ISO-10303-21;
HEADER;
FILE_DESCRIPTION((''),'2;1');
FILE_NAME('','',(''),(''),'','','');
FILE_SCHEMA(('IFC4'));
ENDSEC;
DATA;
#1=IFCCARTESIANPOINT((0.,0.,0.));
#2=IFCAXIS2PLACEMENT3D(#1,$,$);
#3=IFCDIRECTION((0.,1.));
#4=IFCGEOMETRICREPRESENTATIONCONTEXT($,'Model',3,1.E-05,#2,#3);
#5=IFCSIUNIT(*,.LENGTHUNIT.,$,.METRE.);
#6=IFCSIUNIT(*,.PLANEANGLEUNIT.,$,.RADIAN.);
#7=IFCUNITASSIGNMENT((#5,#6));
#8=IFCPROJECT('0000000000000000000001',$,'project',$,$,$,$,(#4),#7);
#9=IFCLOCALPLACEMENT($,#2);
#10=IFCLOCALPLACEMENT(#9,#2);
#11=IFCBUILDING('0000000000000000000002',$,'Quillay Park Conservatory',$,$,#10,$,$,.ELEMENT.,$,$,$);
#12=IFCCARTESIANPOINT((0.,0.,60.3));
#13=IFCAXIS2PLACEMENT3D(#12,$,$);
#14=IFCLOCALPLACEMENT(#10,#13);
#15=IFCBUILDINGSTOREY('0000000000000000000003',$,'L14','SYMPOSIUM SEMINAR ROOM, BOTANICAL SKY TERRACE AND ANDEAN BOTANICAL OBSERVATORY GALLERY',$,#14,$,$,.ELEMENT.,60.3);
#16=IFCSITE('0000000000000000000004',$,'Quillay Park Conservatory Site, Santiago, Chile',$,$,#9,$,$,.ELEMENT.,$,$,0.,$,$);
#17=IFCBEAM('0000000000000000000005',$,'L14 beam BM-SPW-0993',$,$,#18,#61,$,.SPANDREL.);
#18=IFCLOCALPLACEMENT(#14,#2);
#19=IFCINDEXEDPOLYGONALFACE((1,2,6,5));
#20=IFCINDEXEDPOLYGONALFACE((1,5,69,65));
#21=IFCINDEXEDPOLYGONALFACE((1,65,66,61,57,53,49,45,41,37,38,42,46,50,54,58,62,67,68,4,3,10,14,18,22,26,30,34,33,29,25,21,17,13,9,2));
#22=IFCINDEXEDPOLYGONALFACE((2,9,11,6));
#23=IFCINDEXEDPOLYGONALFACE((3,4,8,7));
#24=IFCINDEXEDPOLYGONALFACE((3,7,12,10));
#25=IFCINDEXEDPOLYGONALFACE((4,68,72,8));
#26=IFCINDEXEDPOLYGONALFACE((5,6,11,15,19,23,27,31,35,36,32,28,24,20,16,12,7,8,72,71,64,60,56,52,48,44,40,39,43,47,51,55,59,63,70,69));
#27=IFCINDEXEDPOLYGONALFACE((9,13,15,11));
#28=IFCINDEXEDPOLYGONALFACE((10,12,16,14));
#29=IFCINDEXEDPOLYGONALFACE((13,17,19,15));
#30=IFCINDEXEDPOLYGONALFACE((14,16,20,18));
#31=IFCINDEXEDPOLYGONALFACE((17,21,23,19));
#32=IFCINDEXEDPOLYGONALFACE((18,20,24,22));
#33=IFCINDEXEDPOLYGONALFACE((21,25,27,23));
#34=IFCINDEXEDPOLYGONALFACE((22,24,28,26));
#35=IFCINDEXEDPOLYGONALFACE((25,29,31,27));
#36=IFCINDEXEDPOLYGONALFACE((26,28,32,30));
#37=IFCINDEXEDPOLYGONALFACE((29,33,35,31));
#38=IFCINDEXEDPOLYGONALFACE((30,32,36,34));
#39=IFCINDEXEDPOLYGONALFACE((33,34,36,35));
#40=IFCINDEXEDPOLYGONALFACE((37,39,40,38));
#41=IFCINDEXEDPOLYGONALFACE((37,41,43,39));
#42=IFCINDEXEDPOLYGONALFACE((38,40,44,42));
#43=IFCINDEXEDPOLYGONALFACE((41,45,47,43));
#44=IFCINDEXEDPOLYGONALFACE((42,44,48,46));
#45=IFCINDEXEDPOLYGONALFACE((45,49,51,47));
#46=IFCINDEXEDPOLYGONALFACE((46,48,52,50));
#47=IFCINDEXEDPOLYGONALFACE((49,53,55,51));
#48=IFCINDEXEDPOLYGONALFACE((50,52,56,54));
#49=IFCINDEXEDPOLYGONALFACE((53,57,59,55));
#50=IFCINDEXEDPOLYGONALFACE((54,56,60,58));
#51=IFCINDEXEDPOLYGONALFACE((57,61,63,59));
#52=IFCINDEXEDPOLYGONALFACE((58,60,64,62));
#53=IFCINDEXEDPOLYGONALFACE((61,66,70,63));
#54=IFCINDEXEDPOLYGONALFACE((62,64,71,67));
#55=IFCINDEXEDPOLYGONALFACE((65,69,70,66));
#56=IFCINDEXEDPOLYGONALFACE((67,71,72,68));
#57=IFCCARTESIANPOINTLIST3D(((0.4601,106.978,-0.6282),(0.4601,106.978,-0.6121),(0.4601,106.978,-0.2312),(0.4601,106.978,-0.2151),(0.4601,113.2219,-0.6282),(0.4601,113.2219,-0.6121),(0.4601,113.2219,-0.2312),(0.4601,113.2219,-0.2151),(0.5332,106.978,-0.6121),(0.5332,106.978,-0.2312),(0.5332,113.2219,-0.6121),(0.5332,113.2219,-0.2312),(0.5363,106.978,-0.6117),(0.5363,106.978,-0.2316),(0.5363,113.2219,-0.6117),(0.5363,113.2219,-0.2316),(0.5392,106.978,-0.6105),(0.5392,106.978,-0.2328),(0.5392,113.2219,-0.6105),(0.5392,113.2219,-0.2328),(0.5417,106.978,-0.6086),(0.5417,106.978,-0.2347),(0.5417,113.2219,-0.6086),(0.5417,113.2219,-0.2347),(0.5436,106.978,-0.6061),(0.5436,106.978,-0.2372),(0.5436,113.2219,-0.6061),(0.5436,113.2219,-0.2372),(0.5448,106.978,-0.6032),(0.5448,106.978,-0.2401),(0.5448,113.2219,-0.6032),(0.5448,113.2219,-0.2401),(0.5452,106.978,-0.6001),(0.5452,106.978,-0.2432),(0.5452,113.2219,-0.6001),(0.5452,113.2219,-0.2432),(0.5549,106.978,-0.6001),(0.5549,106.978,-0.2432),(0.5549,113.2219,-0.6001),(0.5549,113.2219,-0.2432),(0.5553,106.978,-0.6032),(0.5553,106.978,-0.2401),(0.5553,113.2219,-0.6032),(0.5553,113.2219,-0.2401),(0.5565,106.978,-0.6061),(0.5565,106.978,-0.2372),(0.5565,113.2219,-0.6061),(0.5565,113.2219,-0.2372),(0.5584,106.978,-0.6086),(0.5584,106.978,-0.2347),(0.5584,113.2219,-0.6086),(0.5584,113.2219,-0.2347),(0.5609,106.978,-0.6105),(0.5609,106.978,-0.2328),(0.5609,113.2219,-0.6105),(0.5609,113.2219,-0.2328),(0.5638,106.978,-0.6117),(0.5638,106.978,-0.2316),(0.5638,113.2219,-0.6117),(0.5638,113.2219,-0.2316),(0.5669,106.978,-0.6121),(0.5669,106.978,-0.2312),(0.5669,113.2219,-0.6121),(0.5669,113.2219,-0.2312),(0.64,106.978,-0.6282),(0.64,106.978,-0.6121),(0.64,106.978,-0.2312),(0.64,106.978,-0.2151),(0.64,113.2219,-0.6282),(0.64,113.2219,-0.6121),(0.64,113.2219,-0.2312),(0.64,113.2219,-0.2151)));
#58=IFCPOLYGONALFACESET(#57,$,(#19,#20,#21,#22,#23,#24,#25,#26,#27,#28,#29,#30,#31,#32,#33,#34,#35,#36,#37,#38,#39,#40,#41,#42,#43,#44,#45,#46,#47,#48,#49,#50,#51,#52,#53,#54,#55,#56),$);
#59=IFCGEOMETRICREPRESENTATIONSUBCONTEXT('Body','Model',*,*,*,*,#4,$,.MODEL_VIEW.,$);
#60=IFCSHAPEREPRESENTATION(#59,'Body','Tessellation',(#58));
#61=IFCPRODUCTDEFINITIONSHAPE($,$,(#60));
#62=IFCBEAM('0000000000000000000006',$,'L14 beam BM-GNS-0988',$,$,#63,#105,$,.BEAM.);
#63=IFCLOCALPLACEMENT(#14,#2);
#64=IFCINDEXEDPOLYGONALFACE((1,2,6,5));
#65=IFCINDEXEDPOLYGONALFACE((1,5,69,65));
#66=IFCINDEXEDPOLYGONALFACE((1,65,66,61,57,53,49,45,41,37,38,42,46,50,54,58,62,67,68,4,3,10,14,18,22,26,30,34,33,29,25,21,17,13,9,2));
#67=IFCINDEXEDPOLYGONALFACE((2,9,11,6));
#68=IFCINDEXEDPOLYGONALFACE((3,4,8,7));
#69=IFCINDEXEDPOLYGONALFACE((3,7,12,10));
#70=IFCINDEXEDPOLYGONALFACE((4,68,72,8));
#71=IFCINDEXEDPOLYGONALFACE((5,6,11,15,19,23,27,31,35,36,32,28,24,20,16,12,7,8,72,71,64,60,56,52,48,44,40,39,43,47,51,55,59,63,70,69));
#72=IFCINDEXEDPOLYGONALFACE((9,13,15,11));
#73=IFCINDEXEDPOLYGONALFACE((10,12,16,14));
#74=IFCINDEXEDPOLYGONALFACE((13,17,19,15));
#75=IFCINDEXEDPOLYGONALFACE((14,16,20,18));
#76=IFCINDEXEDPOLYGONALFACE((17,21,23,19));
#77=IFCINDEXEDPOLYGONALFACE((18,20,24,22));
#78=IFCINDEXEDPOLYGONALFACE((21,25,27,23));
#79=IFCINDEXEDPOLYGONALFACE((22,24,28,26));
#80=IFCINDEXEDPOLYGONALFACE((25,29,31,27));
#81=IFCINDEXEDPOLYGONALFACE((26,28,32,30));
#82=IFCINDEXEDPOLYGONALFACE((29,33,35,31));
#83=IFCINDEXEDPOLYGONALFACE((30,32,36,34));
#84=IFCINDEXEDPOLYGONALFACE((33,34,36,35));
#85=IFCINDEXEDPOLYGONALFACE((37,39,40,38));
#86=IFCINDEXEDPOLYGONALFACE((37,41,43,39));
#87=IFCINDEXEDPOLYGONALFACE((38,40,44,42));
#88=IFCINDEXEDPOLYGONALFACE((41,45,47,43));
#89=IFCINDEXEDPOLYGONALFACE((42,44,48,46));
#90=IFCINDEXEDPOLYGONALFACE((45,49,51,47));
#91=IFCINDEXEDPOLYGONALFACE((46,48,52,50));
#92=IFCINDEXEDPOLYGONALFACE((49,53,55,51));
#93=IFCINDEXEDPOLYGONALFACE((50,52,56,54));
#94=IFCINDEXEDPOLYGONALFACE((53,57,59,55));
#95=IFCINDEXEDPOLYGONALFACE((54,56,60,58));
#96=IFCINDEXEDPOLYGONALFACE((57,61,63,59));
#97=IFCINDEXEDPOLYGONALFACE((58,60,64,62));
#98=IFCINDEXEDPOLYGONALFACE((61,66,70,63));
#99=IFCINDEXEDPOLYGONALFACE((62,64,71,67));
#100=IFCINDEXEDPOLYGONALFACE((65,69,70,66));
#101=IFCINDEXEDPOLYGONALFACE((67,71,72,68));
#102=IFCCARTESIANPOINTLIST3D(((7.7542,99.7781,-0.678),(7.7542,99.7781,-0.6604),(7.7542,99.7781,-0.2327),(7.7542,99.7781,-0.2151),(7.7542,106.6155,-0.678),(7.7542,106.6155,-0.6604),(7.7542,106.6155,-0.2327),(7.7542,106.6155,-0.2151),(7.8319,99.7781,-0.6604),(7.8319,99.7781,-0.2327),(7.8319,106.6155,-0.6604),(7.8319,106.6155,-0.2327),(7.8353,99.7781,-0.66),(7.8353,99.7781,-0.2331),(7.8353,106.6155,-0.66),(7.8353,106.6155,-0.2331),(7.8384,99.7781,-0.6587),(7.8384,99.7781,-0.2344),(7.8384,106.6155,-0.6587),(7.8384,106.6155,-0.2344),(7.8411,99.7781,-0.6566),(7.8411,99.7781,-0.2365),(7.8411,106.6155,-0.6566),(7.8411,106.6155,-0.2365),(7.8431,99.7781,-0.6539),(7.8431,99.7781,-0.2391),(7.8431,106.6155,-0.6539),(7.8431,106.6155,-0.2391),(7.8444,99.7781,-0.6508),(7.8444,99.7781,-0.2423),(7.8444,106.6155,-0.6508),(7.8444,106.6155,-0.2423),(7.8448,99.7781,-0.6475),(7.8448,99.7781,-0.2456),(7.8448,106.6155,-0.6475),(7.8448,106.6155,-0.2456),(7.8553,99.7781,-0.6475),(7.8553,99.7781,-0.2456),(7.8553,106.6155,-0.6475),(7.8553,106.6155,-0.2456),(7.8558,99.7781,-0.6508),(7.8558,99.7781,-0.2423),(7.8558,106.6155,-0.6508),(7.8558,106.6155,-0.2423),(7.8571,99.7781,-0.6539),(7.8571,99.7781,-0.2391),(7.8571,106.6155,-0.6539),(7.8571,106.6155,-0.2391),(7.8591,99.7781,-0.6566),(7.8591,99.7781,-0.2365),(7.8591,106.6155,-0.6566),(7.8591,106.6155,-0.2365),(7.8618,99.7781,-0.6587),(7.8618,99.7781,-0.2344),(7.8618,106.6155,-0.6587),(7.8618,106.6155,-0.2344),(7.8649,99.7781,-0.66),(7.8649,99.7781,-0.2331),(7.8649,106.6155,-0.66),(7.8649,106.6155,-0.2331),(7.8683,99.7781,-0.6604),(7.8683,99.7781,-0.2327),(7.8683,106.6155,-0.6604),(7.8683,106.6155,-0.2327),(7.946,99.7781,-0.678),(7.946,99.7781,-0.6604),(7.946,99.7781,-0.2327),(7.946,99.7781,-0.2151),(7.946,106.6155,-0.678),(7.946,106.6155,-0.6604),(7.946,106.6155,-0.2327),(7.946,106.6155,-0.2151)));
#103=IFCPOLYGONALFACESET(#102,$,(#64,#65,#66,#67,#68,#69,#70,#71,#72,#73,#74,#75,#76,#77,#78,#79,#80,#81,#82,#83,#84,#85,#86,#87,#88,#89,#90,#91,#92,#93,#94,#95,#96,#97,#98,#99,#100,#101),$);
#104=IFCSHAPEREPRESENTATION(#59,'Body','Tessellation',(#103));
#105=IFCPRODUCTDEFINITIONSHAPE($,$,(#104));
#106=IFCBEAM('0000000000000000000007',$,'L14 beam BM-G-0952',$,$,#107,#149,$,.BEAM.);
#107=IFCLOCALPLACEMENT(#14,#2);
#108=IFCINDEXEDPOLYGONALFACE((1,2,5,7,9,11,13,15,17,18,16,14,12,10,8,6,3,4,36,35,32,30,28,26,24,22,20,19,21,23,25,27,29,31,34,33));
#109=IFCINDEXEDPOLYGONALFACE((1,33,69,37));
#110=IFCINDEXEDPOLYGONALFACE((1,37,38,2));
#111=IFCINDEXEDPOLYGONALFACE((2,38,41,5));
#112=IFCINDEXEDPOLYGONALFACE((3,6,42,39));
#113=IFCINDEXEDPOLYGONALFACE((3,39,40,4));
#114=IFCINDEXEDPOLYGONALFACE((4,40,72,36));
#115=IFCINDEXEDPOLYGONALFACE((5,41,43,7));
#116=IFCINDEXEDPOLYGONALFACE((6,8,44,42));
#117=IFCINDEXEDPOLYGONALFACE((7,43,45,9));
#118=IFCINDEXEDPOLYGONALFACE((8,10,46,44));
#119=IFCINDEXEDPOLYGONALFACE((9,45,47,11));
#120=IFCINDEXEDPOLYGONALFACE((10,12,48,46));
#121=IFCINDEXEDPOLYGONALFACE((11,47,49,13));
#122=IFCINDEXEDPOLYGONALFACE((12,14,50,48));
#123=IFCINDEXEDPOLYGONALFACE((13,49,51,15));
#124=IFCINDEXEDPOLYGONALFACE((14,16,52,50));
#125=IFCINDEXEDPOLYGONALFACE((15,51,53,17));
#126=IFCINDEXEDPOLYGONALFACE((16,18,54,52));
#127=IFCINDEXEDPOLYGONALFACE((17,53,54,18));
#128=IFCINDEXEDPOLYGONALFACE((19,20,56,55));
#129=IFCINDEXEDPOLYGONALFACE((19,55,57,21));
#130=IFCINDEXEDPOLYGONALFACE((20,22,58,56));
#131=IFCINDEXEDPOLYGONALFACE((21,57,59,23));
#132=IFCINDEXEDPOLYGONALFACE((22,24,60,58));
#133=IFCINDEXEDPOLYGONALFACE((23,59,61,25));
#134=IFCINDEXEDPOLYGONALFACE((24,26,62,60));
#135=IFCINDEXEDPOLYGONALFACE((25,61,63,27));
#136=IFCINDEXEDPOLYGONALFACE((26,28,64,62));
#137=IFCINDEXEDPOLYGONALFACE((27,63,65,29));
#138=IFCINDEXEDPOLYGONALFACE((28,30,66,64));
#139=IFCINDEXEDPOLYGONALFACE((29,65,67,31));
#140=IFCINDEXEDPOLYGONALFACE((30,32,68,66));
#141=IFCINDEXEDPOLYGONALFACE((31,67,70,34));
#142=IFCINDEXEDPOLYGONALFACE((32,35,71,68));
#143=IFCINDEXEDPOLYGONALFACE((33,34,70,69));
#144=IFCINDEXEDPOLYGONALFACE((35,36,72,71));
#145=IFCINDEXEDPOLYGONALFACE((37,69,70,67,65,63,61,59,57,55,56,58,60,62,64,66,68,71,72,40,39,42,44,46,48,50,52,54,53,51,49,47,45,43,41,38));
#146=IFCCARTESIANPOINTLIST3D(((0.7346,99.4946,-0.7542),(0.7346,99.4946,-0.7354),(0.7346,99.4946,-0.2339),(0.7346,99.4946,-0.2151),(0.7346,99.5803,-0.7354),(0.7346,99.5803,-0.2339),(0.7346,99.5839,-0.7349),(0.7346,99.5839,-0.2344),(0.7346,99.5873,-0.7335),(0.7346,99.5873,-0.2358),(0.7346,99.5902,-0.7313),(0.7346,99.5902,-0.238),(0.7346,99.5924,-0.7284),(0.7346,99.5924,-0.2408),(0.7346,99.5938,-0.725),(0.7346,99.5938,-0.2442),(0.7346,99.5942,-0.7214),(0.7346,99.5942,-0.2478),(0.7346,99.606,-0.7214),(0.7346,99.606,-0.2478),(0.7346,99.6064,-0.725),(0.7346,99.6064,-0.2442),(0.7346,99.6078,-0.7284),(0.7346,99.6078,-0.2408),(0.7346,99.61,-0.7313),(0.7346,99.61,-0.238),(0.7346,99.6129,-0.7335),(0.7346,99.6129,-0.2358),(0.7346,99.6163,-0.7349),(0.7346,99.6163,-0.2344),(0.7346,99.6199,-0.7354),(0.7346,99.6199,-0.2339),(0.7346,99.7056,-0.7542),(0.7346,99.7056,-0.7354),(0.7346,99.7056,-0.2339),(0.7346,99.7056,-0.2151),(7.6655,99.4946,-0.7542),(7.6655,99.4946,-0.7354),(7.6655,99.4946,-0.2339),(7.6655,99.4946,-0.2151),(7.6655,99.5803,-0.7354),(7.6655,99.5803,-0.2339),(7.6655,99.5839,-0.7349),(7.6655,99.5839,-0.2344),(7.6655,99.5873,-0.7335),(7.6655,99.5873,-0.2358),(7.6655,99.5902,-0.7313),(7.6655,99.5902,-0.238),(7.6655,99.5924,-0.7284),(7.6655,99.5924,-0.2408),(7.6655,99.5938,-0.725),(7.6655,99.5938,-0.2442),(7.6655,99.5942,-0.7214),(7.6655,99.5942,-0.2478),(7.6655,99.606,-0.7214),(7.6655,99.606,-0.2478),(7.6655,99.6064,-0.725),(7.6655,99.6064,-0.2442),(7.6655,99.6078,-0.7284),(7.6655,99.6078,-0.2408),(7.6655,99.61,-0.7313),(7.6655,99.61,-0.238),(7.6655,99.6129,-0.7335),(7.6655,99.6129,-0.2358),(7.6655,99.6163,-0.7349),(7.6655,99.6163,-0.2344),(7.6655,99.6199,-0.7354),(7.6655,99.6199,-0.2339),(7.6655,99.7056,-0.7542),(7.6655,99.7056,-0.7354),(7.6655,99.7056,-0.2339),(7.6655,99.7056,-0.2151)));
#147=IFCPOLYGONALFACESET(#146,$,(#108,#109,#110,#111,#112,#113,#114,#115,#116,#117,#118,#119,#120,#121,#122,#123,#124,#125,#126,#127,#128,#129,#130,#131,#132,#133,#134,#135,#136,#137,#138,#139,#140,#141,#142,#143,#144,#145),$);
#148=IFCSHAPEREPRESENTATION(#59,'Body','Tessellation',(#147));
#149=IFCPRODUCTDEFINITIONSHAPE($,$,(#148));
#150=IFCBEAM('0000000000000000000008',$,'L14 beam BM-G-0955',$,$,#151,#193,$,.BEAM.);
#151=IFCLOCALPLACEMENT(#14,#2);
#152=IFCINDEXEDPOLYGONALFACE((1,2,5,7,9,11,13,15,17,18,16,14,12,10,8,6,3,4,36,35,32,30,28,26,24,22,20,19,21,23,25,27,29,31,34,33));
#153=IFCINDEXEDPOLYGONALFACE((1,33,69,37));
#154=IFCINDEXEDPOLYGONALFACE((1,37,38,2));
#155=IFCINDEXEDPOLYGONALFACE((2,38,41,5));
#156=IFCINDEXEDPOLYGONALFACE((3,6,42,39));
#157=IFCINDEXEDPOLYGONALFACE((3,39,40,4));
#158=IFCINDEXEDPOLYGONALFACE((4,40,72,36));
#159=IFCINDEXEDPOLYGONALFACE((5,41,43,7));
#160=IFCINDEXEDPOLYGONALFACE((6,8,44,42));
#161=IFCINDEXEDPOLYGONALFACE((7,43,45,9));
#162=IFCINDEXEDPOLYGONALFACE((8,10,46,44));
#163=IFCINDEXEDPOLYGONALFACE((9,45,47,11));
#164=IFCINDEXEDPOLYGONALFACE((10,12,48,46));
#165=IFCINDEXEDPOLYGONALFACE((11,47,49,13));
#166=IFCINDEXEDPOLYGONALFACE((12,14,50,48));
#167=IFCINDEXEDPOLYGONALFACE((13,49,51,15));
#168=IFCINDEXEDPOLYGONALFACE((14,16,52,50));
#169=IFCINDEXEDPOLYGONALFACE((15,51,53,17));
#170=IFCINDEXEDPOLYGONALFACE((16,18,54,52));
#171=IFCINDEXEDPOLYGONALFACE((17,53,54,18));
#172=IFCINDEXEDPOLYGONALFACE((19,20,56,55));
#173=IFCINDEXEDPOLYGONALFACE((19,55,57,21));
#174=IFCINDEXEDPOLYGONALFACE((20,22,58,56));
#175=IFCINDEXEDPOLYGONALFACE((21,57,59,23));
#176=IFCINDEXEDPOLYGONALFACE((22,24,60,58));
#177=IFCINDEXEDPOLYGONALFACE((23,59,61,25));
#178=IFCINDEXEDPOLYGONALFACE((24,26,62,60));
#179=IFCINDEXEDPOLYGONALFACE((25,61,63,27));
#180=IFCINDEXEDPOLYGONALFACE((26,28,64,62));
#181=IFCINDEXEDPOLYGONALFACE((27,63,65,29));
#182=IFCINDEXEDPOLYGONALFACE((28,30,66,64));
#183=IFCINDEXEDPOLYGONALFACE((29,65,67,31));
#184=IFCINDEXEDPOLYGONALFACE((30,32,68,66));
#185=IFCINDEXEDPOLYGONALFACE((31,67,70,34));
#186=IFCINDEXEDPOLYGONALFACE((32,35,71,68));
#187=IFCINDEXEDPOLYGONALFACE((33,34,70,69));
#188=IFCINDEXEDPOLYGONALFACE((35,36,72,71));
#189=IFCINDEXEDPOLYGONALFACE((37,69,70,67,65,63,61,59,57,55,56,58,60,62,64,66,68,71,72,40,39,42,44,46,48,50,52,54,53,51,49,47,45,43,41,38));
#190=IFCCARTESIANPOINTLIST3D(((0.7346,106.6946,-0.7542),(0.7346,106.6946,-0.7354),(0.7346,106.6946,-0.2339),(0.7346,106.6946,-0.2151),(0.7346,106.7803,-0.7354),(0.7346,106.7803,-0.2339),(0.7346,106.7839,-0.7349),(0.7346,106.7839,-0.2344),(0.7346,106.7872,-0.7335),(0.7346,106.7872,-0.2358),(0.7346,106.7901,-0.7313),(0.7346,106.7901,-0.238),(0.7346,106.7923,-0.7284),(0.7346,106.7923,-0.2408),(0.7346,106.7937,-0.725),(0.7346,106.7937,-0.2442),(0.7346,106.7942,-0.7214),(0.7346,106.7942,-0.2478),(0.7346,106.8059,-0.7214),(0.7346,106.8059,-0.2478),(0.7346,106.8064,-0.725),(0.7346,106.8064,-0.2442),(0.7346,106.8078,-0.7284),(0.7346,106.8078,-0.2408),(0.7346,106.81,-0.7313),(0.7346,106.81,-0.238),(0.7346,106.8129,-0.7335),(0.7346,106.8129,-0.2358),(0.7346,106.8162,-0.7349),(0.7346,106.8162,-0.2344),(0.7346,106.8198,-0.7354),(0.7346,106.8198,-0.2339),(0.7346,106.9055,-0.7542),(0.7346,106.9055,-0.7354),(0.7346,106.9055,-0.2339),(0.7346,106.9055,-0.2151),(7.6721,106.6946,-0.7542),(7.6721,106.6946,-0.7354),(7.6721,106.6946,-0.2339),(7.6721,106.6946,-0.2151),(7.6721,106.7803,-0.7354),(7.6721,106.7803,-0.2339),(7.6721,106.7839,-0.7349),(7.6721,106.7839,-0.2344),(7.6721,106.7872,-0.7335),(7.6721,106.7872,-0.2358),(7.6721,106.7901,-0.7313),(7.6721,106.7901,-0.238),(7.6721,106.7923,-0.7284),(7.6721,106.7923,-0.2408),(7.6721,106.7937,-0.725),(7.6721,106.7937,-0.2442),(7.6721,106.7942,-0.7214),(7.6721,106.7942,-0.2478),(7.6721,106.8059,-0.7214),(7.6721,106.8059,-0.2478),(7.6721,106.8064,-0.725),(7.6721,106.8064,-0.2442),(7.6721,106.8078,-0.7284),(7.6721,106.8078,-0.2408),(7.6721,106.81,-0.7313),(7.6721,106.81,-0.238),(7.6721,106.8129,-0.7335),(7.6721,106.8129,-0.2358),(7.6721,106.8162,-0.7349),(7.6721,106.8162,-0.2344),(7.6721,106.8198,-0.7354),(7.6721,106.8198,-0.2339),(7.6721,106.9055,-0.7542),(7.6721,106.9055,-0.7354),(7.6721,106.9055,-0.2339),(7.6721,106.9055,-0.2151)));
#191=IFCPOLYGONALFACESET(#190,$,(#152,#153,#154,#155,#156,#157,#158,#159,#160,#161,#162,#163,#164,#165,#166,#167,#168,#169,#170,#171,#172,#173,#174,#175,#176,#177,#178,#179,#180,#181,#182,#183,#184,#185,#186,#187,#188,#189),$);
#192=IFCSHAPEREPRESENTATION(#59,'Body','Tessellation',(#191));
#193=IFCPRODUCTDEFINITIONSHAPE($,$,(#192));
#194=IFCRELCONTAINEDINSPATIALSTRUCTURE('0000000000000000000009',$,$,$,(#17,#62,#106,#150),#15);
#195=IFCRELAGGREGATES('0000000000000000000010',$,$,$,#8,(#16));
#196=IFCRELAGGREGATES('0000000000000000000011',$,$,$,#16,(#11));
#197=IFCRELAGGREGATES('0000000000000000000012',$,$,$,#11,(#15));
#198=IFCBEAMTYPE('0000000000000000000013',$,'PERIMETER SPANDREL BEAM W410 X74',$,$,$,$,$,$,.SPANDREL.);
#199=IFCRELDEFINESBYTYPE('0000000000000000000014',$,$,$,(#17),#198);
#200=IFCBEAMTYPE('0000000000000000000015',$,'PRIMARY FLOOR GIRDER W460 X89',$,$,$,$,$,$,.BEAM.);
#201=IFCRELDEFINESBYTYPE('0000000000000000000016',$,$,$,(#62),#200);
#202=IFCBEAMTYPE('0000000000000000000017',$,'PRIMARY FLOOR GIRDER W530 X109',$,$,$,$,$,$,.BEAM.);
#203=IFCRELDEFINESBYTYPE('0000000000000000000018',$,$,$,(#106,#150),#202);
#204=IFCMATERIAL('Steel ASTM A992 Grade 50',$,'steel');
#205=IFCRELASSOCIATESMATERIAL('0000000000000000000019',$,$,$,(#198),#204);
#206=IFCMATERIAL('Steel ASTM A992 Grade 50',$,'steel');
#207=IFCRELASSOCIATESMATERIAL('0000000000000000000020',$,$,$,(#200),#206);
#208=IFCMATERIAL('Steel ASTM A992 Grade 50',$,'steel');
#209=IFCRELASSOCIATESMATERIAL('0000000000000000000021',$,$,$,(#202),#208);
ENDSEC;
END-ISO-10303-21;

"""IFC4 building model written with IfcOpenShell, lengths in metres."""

from ifc_helpers import new_model, si_unit, direction, frame, origin, origin_2d, place, context, subcontext, project, spatial, i_section, extrude, material, material_profile, profile_set, type_object, element, save


model = new_model("IFC4")

# Units and contexts
model_context = context("Model", 3, precision=1e-05, world=origin(), true_north=direction((0.0, 1.0)))
body_context = subcontext(model_context, "Body", "Model", "MODEL_VIEW")
ifc_project = project(units=[si_unit("LENGTHUNIT", "METRE"), si_unit("PLANEANGLEUNIT", "RADIAN")], contexts=[model_context])

# Site, building, storey
site_placement = place(None, origin())
site = spatial("IfcSite", under=ifc_project, at=site_placement, Name="Quillay Park Conservatory Site, Santiago, Chile", CompositionType="ELEMENT", RefElevation=0.0)
building_placement = place(site_placement, origin())
building = spatial("IfcBuilding", under=site, at=building_placement, Name="Quillay Park Conservatory", CompositionType="ELEMENT")
storey_placement = place(building_placement, frame((0.0, 0.0, 60.3)))
storey = spatial("IfcBuildingStorey", under=building, at=storey_placement, Name="L14", Description="SYMPOSIUM SEMINAR ROOM, BOTANICAL SKY TERRACE AND ANDEAN BOTANICAL OBSERVATORY GALLERY", CompositionType="ELEMENT", Elevation=60.3)

# Beams
ifc_material_1 = material(Name="Steel ASTM A992 Grade 50", Category="steel")
ifc_material_profile_1 = material_profile(ifc_material_1, i_section(OverallWidth=0.1799, OverallDepth=0.4131, WebThickness=0.0098, FlangeThickness=0.0161, FilletRadius=0.012, at=origin_2d()), Name="W410x74")
ifc_profile_set_1 = profile_set([ifc_material_profile_1], Name="Steel ASTM A992 Grade 50")
beam_type_1 = type_object("IfcBeamType", Name="PERIMETER SPANDREL BEAM W410 X74", PredefinedType="SPANDREL", material=ifc_profile_set_1)
beam_1_placement = place(storey_placement, frame((0.55, 106.978, -0.4216), z_axis=(0.0, 1.0, 0.0), x_axis=(-1.0, 0.0, 0.0)))
element("IfcBeam", 1, at=beam_1_placement, inside=storey, type_object=beam_type_1, Name="L14 beam BM-SPW-0993", PredefinedType="SPANDREL", context=body_context, shape_type="SweptSolid", body=[
    extrude(i_section(OverallWidth=0.1799, OverallDepth=0.4131, WebThickness=0.0098, FlangeThickness=0.0161, FilletRadius=0.012, at=origin_2d()), origin(), (0.0, 0.0, 1.0), 6.2439),
])
ifc_material_2 = material(Name="Steel ASTM A992 Grade 50", Category="steel")
ifc_material_profile_2 = material_profile(ifc_material_2, i_section(OverallWidth=0.1919, OverallDepth=0.4629, WebThickness=0.0105, FlangeThickness=0.0176, FilletRadius=0.0129, at=origin_2d()), Name="W460x89")
ifc_profile_set_2 = profile_set([ifc_material_profile_2], Name="Steel ASTM A992 Grade 50")
beam_type_2 = type_object("IfcBeamType", Name="PRIMARY FLOOR GIRDER W460 X89", PredefinedType="BEAM", material=ifc_profile_set_2)
beam_2_placement = place(storey_placement, frame((7.8501, 99.7781, -0.4465), z_axis=(0.0, 1.0, 0.0), x_axis=(-1.0, 0.0, 0.0)))
element("IfcBeam", 2, at=beam_2_placement, inside=storey, type_object=beam_type_2, Name="L14 beam BM-GNS-0988", PredefinedType="BEAM", context=body_context, shape_type="SweptSolid", body=[
    extrude(i_section(OverallWidth=0.1919, OverallDepth=0.4629, WebThickness=0.0105, FlangeThickness=0.0176, FilletRadius=0.0129, at=origin_2d()), origin(), (0.0, 0.0, 1.0), 6.8374),
])
ifc_material_3 = material(Name="Steel ASTM A992 Grade 50", Category="steel")
ifc_material_profile_3 = material_profile(ifc_material_3, i_section(OverallWidth=0.2109, OverallDepth=0.5391, WebThickness=0.0117, FlangeThickness=0.0188, FilletRadius=0.0139, at=origin_2d()), Name="W530x109")
ifc_profile_set_3 = profile_set([ifc_material_profile_3], Name="Steel ASTM A992 Grade 50")
beam_type_3 = type_object("IfcBeamType", Name="PRIMARY FLOOR GIRDER W530 X109", PredefinedType="BEAM", material=ifc_profile_set_3)
beam_3_placement = place(storey_placement, frame((0.7346, 99.6001, -0.4846), z_axis=(1.0, 0.0, 0.0), x_axis=(0.0, 1.0, 0.0)))
element("IfcBeam", 3, at=beam_3_placement, inside=storey, type_object=beam_type_3, Name="L14 beam BM-G-0952", PredefinedType="BEAM", context=body_context, shape_type="SweptSolid", body=[
    extrude(i_section(OverallWidth=0.2109, OverallDepth=0.5391, WebThickness=0.0117, FlangeThickness=0.0188, FilletRadius=0.0139, at=origin_2d()), origin(), (0.0, 0.0, 1.0), 6.9309),
])
beam_4_placement = place(storey_placement, frame((0.7346, 106.8, -0.4846), z_axis=(1.0, 0.0, 0.0), x_axis=(0.0, 1.0, 0.0)))
element("IfcBeam", 4, at=beam_4_placement, inside=storey, type_object=beam_type_3, Name="L14 beam BM-G-0955", PredefinedType="BEAM", context=body_context, shape_type="SweptSolid", body=[
    extrude(i_section(OverallWidth=0.2109, OverallDepth=0.5391, WebThickness=0.0117, FlangeThickness=0.0188, FilletRadius=0.0139, at=origin_2d()), origin(), (0.0, 0.0, 1.0), 6.9375),
])

save(model, "model.ifc")
